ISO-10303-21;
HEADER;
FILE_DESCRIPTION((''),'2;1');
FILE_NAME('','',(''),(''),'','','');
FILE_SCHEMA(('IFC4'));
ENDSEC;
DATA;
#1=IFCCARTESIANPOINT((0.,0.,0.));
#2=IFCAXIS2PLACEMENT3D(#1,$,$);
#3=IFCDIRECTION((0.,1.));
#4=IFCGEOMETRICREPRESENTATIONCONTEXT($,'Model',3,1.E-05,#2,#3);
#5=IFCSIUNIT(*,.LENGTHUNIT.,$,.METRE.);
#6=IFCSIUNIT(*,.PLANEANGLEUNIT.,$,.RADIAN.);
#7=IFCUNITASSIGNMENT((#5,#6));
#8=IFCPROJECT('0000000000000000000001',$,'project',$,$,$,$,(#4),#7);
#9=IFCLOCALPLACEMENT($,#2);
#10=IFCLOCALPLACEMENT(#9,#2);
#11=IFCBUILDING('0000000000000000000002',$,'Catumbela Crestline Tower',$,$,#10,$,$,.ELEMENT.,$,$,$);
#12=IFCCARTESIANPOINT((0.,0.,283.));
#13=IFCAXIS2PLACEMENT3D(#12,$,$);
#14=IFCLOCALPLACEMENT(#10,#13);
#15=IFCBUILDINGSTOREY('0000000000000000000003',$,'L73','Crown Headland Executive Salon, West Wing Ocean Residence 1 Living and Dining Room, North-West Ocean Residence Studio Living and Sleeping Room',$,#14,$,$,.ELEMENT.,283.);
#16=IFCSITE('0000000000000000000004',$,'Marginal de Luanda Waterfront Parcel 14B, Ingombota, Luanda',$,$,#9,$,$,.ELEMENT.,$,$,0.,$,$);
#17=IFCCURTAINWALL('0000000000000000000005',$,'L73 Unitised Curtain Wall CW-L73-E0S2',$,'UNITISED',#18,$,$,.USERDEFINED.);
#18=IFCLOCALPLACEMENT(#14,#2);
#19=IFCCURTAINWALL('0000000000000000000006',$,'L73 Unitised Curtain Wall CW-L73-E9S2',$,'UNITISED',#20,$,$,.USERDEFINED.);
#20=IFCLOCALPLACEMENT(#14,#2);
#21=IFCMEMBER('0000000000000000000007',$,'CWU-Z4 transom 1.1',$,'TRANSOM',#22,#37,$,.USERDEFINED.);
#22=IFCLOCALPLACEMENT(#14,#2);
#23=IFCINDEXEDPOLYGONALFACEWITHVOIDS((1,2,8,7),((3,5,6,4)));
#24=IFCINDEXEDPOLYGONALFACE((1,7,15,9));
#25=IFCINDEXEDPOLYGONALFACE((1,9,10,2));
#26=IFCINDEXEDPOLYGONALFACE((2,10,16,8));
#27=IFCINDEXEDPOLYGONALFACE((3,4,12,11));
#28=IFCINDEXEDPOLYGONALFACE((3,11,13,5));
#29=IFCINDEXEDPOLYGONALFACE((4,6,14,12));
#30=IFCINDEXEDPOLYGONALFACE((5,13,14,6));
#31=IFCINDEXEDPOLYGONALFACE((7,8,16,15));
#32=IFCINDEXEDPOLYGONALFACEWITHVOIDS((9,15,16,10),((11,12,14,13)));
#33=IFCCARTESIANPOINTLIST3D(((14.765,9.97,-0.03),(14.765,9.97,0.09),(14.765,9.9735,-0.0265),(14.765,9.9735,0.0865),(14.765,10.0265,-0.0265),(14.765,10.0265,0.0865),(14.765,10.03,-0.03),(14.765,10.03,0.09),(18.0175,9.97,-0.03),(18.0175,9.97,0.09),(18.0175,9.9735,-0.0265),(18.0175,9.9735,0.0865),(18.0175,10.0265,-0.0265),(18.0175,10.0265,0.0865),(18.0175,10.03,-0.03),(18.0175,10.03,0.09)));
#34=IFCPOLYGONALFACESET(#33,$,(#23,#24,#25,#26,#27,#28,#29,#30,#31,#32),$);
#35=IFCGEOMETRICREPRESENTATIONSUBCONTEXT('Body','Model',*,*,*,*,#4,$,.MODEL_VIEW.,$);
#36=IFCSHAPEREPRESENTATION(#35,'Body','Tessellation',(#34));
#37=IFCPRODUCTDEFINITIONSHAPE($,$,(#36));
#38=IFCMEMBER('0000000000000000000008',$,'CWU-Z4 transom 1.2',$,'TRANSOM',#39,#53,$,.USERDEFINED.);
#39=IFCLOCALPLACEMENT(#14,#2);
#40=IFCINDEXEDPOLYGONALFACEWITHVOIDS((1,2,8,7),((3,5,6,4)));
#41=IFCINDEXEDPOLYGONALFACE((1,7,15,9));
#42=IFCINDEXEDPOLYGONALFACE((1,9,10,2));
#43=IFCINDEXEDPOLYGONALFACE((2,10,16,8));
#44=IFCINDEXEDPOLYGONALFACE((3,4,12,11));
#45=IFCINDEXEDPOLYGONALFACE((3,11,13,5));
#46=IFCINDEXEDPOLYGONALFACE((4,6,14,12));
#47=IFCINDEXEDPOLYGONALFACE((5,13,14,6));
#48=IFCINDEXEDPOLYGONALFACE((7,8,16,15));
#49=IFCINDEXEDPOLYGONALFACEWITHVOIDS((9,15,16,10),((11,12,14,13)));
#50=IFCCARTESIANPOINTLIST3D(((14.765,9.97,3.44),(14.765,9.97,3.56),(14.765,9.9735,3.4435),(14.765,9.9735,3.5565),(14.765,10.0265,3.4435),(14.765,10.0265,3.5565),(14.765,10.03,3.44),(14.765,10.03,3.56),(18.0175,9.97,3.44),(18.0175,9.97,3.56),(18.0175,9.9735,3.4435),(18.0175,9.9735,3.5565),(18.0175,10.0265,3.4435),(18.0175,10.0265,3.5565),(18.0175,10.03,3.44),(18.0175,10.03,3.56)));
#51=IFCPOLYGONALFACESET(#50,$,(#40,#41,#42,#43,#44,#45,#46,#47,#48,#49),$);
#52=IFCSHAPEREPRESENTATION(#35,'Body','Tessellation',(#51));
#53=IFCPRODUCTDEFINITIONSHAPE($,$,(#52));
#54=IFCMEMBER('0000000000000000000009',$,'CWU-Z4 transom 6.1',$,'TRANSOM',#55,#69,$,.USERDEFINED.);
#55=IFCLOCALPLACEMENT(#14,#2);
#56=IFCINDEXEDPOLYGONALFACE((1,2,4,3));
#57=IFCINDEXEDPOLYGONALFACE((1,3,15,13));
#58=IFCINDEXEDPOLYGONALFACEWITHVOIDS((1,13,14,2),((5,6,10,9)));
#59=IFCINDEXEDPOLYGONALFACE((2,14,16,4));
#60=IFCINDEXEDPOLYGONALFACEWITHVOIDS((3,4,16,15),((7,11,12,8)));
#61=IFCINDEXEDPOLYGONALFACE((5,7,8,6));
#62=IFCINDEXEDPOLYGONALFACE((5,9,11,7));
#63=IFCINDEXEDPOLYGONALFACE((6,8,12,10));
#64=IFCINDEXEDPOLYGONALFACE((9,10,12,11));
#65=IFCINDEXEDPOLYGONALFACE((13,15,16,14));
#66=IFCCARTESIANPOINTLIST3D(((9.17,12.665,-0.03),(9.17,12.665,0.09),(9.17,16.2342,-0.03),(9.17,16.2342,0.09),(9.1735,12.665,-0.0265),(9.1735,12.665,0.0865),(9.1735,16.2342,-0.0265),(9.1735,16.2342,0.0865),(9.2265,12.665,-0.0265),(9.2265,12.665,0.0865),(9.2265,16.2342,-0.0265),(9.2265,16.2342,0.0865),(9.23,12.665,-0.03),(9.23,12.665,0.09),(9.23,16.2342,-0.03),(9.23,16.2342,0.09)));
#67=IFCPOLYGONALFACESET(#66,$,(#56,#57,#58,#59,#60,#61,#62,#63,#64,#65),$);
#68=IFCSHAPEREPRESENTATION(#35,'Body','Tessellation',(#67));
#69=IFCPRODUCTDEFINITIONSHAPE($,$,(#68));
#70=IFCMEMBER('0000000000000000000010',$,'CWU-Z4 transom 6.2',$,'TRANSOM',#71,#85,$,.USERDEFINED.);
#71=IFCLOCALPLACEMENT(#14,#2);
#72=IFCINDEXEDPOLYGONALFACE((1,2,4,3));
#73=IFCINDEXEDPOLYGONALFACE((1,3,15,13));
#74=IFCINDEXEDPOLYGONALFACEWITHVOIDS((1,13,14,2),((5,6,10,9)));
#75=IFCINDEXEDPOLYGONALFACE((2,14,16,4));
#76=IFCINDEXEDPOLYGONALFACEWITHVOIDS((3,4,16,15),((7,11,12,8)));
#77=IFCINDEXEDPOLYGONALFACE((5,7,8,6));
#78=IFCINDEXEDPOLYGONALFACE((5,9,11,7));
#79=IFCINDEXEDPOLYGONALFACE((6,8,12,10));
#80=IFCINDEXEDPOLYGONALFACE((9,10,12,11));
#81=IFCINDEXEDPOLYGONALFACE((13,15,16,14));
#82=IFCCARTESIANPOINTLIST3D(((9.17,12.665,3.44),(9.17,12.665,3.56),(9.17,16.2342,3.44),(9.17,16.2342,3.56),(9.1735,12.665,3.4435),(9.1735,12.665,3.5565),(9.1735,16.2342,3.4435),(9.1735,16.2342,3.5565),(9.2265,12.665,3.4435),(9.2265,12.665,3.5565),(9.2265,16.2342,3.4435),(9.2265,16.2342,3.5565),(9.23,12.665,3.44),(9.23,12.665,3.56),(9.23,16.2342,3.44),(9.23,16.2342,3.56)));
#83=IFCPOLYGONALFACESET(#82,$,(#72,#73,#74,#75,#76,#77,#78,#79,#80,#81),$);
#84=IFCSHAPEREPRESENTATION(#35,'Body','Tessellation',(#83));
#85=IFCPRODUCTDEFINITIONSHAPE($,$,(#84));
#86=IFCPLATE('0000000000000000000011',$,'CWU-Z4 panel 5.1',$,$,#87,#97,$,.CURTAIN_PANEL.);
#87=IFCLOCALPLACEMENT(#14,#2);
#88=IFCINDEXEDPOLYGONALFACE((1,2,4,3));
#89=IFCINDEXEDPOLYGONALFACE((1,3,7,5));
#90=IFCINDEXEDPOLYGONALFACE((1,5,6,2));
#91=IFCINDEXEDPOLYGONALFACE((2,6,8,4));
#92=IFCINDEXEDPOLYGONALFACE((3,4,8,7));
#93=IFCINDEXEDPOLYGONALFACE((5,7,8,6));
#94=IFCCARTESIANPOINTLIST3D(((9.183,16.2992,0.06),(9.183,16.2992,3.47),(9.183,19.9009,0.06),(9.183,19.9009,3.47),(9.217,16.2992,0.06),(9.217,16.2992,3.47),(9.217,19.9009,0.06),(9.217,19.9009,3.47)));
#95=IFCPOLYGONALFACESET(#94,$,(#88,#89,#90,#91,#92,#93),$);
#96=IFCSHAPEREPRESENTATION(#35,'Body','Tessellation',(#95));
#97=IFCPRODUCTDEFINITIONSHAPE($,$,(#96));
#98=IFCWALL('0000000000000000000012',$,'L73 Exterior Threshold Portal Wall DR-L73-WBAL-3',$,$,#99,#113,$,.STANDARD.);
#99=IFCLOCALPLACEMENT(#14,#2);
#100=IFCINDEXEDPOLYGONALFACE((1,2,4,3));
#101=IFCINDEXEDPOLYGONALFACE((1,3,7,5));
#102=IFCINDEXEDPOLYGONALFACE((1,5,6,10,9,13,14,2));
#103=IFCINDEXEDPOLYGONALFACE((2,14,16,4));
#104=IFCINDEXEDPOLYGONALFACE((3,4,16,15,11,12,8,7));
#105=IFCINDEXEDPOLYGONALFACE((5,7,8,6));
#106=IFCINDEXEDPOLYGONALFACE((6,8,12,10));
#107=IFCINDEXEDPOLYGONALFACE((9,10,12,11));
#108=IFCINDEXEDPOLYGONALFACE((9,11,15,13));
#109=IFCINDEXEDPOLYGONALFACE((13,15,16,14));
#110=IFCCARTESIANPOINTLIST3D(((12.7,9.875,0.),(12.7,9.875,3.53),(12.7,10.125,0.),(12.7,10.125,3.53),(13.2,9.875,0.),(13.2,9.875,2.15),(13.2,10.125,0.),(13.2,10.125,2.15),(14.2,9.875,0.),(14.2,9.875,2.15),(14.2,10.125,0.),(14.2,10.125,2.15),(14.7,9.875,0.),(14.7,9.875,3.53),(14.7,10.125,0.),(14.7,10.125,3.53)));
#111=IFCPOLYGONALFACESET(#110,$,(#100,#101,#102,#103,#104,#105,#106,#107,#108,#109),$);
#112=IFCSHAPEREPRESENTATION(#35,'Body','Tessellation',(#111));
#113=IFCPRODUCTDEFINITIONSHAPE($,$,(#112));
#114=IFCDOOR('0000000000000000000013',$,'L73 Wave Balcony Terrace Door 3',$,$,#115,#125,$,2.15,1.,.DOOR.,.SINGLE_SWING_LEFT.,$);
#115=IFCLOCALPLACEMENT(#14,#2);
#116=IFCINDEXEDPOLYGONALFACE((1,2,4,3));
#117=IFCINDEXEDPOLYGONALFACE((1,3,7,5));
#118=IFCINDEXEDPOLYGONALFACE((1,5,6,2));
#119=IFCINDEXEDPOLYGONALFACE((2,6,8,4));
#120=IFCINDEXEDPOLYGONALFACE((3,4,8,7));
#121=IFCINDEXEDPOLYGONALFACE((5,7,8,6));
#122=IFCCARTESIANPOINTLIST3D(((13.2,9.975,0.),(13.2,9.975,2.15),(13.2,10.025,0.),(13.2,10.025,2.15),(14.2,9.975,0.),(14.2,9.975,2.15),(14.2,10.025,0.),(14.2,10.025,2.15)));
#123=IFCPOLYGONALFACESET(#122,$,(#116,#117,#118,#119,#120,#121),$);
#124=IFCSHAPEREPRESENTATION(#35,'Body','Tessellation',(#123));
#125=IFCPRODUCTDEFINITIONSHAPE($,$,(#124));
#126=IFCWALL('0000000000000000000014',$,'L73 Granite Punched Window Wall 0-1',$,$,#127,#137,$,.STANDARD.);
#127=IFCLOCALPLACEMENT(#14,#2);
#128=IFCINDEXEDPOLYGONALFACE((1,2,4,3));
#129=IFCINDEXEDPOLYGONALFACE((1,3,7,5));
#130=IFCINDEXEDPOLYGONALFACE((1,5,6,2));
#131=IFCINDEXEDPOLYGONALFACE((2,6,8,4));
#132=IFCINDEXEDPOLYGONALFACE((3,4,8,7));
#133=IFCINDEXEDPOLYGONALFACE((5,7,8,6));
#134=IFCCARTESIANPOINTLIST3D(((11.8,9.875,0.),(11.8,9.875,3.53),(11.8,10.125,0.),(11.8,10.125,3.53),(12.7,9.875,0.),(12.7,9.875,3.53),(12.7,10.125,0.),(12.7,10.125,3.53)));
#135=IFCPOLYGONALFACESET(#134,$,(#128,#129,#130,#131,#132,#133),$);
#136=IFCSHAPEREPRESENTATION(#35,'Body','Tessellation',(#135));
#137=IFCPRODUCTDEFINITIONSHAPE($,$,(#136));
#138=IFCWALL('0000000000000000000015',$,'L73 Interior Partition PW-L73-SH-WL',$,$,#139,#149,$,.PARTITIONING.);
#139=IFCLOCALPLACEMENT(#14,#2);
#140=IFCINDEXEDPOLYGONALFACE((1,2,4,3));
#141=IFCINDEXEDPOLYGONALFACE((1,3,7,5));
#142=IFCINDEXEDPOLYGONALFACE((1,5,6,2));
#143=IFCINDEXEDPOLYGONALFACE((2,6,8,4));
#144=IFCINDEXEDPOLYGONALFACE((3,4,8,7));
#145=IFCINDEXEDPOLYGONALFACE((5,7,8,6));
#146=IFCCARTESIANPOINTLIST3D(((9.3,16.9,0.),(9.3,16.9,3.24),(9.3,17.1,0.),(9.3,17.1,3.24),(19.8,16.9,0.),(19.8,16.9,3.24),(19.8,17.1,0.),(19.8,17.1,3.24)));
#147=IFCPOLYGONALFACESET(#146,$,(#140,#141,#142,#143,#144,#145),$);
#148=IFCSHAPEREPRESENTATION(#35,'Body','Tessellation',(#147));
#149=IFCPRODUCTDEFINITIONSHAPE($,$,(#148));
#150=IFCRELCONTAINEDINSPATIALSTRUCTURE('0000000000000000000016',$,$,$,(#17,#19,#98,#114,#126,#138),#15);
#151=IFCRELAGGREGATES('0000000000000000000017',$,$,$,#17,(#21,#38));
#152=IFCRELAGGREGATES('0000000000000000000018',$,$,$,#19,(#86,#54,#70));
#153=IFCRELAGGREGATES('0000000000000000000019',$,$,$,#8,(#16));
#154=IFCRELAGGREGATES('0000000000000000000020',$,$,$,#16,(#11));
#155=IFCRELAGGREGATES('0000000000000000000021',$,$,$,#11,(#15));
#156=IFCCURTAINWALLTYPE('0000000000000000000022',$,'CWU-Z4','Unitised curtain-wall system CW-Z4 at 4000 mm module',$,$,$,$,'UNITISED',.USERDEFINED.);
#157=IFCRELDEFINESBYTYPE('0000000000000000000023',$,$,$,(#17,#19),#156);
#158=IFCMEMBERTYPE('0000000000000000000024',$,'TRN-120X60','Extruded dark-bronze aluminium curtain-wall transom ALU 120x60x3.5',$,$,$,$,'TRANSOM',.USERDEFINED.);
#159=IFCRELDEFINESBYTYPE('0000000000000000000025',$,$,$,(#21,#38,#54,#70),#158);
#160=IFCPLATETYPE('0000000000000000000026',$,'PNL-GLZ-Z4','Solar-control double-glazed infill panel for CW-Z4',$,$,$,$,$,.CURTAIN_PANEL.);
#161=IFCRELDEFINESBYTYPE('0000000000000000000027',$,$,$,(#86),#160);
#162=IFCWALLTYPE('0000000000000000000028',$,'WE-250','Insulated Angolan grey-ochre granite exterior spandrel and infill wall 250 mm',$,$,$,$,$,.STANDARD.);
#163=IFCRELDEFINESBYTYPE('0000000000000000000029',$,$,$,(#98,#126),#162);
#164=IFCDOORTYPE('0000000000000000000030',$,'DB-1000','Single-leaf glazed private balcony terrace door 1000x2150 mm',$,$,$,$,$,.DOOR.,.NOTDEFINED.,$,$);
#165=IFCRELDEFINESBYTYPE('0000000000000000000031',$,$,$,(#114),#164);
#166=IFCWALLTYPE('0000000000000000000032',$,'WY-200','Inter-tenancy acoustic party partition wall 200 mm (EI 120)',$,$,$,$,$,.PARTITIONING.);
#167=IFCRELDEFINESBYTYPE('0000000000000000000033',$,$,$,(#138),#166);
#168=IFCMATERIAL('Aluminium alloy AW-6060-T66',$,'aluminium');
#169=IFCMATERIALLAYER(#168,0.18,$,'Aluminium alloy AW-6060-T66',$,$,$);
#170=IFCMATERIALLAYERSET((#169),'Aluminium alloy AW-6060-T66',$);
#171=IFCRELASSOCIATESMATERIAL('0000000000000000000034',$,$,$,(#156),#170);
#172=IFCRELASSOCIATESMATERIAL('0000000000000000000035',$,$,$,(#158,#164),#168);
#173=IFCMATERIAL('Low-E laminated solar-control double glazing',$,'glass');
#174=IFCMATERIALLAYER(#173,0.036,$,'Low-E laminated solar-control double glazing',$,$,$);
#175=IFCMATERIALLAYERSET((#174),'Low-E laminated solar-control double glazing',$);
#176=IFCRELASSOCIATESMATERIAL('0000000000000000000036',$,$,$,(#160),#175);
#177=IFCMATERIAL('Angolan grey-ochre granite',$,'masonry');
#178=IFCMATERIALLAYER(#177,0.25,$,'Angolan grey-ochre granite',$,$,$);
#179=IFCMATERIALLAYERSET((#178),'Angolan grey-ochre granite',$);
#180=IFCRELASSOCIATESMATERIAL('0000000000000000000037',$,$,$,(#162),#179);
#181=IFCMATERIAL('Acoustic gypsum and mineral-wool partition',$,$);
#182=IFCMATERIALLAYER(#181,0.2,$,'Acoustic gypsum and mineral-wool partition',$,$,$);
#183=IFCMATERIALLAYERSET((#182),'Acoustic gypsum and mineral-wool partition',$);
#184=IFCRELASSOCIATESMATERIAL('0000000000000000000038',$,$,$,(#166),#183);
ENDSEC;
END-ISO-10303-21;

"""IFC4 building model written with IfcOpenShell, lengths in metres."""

from ifc_helpers import new_model, si_unit, direction, frame, frame_2d, origin, origin_2d, place, context, subcontext, project, spatial, rectangle, hollow_rectangle, extrude, material, layer, layer_set, material_profile, profile_set, type_object, element, fill, aggregate, save


model = new_model("IFC4")

# Units and contexts
model_context = context("Model", 3, precision=1e-05, world=origin(), true_north=direction((0.0, 1.0)))
body_context = subcontext(model_context, "Body", "Model", "MODEL_VIEW")
ifc_project = project(units=[si_unit("LENGTHUNIT", "METRE"), si_unit("PLANEANGLEUNIT", "RADIAN")], contexts=[model_context])

# Site, building, storey
site_placement = place(None, origin())
site = spatial("IfcSite", under=ifc_project, at=site_placement, Name="Marginal de Luanda Waterfront Parcel 14B, Ingombota, Luanda", CompositionType="ELEMENT", RefElevation=0.0)
building_placement = place(site_placement, origin())
building = spatial("IfcBuilding", under=site, at=building_placement, Name="Catumbela Crestline Tower", CompositionType="ELEMENT")
storey_placement = place(building_placement, frame((0.0, 0.0, 283.0)))
storey = spatial("IfcBuildingStorey", under=building, at=storey_placement, Name="L73", Description="Crown Headland Executive Salon, West Wing Ocean Residence 1 Living and Dining Room, North-West Ocean Residence Studio Living and Sleeping Room", CompositionType="ELEMENT", Elevation=283.0)

# Curtain walls
ifc_material_1 = material(Name="Aluminium alloy AW-6060-T66", Category="aluminium")
ifc_layer_1 = layer(ifc_material_1, 0.18, Name="Aluminium alloy AW-6060-T66")
ifc_layer_set_1 = layer_set([ifc_layer_1], Name="Aluminium alloy AW-6060-T66")
curtain_wall_type = type_object("IfcCurtainWallType", Name="CWU-Z4", Description="Unitised curtain-wall system CW-Z4 at 4000 mm module", ElementType="UNITISED", PredefinedType="USERDEFINED", material=ifc_layer_set_1)
curtain_wall_1_placement = place(storey_placement, origin())
curtain_wall_1 = element("IfcCurtainWall", 1, at=curtain_wall_1_placement, inside=storey, type_object=curtain_wall_type, Name="L73 Unitised Curtain Wall CW-L73-E0S2", ObjectType="UNITISED", PredefinedType="USERDEFINED")
curtain_wall_2_placement = place(storey_placement, origin())
curtain_wall_2 = element("IfcCurtainWall", 2, at=curtain_wall_2_placement, inside=storey, type_object=curtain_wall_type, Name="L73 Unitised Curtain Wall CW-L73-E9S2", ObjectType="UNITISED", PredefinedType="USERDEFINED")

# Members
ifc_material_profile_1 = material_profile(ifc_material_1, hollow_rectangle(XDim=0.06, YDim=0.12, WallThickness=0.0035, at=origin_2d()), Name="ALU 120x60x3.5")
ifc_profile_set_1 = profile_set([ifc_material_profile_1], Name="Aluminium alloy AW-6060-T66")
member_type_1 = type_object("IfcMemberType", Name="TRN-120X60", Description="Extruded dark-bronze aluminium curtain-wall transom ALU 120x60x3.5", ElementType="TRANSOM", PredefinedType="USERDEFINED", material=ifc_profile_set_1)
member_1_placement = place(storey_placement, frame((14.765, 10.0, 0.03), z_axis=(1.0, 0.0, 0.0), x_axis=(0.0, 1.0, 0.0)))
member_1 = element("IfcMember", 3, at=member_1_placement, type_object=member_type_1, Name="CWU-Z4 transom 1.1", ObjectType="TRANSOM", PredefinedType="USERDEFINED", context=body_context, shape_type="SweptSolid", body=[
    extrude(hollow_rectangle(XDim=0.06, YDim=0.12, WallThickness=0.0035, at=origin_2d()), origin(), (0.0, 0.0, 1.0), 3.2525),
])
member_2_placement = place(storey_placement, frame((14.765, 10.0, 3.5), z_axis=(1.0, 0.0, 0.0), x_axis=(0.0, 1.0, 0.0)))
member_2 = element("IfcMember", 4, at=member_2_placement, type_object=member_type_1, Name="CWU-Z4 transom 1.2", ObjectType="TRANSOM", PredefinedType="USERDEFINED", context=body_context, shape_type="SweptSolid", body=[
    extrude(hollow_rectangle(XDim=0.06, YDim=0.12, WallThickness=0.0035, at=origin_2d()), origin(), (0.0, 0.0, 1.0), 3.2525),
])
aggregate(curtain_wall_1, [member_1, member_2])
member_3_placement = place(storey_placement, frame((9.2, 16.2342, 0.03), z_axis=(0.0, -1.0, 0.0), x_axis=(1.0, 0.0, 0.0)))
member_3 = element("IfcMember", 5, at=member_3_placement, type_object=member_type_1, Name="CWU-Z4 transom 6.1", ObjectType="TRANSOM", PredefinedType="USERDEFINED", context=body_context, shape_type="SweptSolid", body=[
    extrude(hollow_rectangle(XDim=0.06, YDim=0.12, WallThickness=0.0035, at=origin_2d()), origin(), (0.0, 0.0, 1.0), 3.5692),
])
member_4_placement = place(storey_placement, frame((9.2, 16.2342, 3.5), z_axis=(0.0, -1.0, 0.0), x_axis=(1.0, 0.0, 0.0)))
member_4 = element("IfcMember", 6, at=member_4_placement, type_object=member_type_1, Name="CWU-Z4 transom 6.2", ObjectType="TRANSOM", PredefinedType="USERDEFINED", context=body_context, shape_type="SweptSolid", body=[
    extrude(hollow_rectangle(XDim=0.06, YDim=0.12, WallThickness=0.0035, at=origin_2d()), origin(), (0.0, 0.0, 1.0), 3.5692),
])

# Plate
ifc_material_2 = material(Name="Low-E laminated solar-control double glazing", Category="glass")
ifc_layer_2 = layer(ifc_material_2, 0.036, Name="Low-E laminated solar-control double glazing")
ifc_layer_set_2 = layer_set([ifc_layer_2], Name="Low-E laminated solar-control double glazing")
plate_type = type_object("IfcPlateType", Name="PNL-GLZ-Z4", Description="Solar-control double-glazed infill panel for CW-Z4", PredefinedType="CURTAIN_PANEL", material=ifc_layer_set_2)
plate_placement = place(storey_placement, frame((9.2, 18.1, 0.06), z_axis=(0.0, 0.0, 1.0), x_axis=(0.0, -1.0, 0.0)))
plate = element("IfcPlate", 7, at=plate_placement, type_object=plate_type, Name="CWU-Z4 panel 5.1", PredefinedType="CURTAIN_PANEL", context=body_context, shape_type="SweptSolid", body=[
    extrude(rectangle(XDim=3.6017, YDim=0.034, at=origin_2d()), origin(), (0.0, 0.0, 1.0), 3.41),
])
aggregate(curtain_wall_2, [plate, member_3, member_4])

# Wall, opening, door
ifc_material_3 = material(Name="Angolan grey-ochre granite", Category="masonry")
ifc_layer_3 = layer(ifc_material_3, 0.25, Name="Angolan grey-ochre granite")
ifc_layer_set_3 = layer_set([ifc_layer_3], Name="Angolan grey-ochre granite")
wall_type_1 = type_object("IfcWallType", Name="WE-250", Description="Insulated Angolan grey-ochre granite exterior spandrel and infill wall 250 mm", PredefinedType="STANDARD", material=ifc_layer_set_3)
wall_1_placement = place(storey_placement, frame((12.7, 10.0, 0.0), z_axis=(0.0, 0.0, 1.0), x_axis=(1.0, 0.0, 0.0)))
wall_1 = element("IfcWall", 8, at=wall_1_placement, inside=storey, type_object=wall_type_1, Name="L73 Exterior Threshold Portal Wall DR-L73-WBAL-3", PredefinedType="STANDARD", context=body_context, shape_type="SweptSolid", body=[
    extrude(rectangle(XDim=2.0, YDim=0.25, at=frame_2d((1.0, 0.0))), origin(), (0.0, 0.0, 1.0), 3.53),
])
opening_placement = place(wall_1_placement, frame((0.5, 0.0, 0.0)))
opening = element("IfcOpeningElement", 9, at=opening_placement, cuts=wall_1, PredefinedType="OPENING", context=body_context, shape_type="SweptSolid", body=[
    extrude(rectangle(XDim=1.0, YDim=2.15, at=frame_2d((0.5, 1.075))), frame((0.0, 0.135, 0.0), z_axis=(0.0, -1.0, 0.0), x_axis=(1.0, 0.0, 0.0)), (0.0, 0.0, 1.0), 0.27),
])
door_type = type_object("IfcDoorType", Name="DB-1000", Description="Single-leaf glazed private balcony terrace door 1000x2150 mm", OperationType="NOTDEFINED", PredefinedType="DOOR", material=ifc_material_1)
door_placement = place(opening_placement, origin())
door = element("IfcDoor", 10, at=door_placement, inside=storey, type_object=door_type, Name="L73 Wave Balcony Terrace Door 3", OperationType="SINGLE_SWING_LEFT", OverallHeight=2.15, OverallWidth=1.0, PredefinedType="DOOR", context=body_context, shape_type="SweptSolid", body=[
    extrude(rectangle(XDim=1.0, YDim=2.15, at=frame_2d((0.5, 1.075))), frame((0.0, 0.025, 0.0), z_axis=(0.0, -1.0, 0.0), x_axis=(1.0, 0.0, 0.0)), (0.0, 0.0, 1.0), 0.05),
])
fill(opening, door)

# Walls
wall_2_placement = place(storey_placement, frame((11.8, 10.0, 0.0), z_axis=(0.0, 0.0, 1.0), x_axis=(1.0, 0.0, 0.0)))
element("IfcWall", 11, at=wall_2_placement, inside=storey, type_object=wall_type_1, Name="L73 Granite Punched Window Wall 0-1", PredefinedType="STANDARD", context=body_context, shape_type="SweptSolid", body=[
    extrude(rectangle(XDim=0.9, YDim=0.25, at=frame_2d((0.45, 0.0))), origin(), (0.0, 0.0, 1.0), 3.53),
])
ifc_material_4 = material(Name="Acoustic gypsum and mineral-wool partition")
ifc_layer_4 = layer(ifc_material_4, 0.2, Name="Acoustic gypsum and mineral-wool partition")
ifc_layer_set_4 = layer_set([ifc_layer_4], Name="Acoustic gypsum and mineral-wool partition")
wall_type_2 = type_object("IfcWallType", Name="WY-200", Description="Inter-tenancy acoustic party partition wall 200 mm (EI 120)", PredefinedType="PARTITIONING", material=ifc_layer_set_4)
wall_3_placement = place(storey_placement, frame((9.3, 17.0, 0.0), z_axis=(0.0, 0.0, 1.0), x_axis=(1.0, 0.0, 0.0)))
element("IfcWall", 12, at=wall_3_placement, inside=storey, type_object=wall_type_2, Name="L73 Interior Partition PW-L73-SH-WL", PredefinedType="PARTITIONING", context=body_context, shape_type="SweptSolid", body=[
    extrude(rectangle(XDim=10.5, YDim=0.2, at=frame_2d((5.25, 0.0))), origin(), (0.0, 0.0, 1.0), 3.24),
])

save(model, "model.ifc")
